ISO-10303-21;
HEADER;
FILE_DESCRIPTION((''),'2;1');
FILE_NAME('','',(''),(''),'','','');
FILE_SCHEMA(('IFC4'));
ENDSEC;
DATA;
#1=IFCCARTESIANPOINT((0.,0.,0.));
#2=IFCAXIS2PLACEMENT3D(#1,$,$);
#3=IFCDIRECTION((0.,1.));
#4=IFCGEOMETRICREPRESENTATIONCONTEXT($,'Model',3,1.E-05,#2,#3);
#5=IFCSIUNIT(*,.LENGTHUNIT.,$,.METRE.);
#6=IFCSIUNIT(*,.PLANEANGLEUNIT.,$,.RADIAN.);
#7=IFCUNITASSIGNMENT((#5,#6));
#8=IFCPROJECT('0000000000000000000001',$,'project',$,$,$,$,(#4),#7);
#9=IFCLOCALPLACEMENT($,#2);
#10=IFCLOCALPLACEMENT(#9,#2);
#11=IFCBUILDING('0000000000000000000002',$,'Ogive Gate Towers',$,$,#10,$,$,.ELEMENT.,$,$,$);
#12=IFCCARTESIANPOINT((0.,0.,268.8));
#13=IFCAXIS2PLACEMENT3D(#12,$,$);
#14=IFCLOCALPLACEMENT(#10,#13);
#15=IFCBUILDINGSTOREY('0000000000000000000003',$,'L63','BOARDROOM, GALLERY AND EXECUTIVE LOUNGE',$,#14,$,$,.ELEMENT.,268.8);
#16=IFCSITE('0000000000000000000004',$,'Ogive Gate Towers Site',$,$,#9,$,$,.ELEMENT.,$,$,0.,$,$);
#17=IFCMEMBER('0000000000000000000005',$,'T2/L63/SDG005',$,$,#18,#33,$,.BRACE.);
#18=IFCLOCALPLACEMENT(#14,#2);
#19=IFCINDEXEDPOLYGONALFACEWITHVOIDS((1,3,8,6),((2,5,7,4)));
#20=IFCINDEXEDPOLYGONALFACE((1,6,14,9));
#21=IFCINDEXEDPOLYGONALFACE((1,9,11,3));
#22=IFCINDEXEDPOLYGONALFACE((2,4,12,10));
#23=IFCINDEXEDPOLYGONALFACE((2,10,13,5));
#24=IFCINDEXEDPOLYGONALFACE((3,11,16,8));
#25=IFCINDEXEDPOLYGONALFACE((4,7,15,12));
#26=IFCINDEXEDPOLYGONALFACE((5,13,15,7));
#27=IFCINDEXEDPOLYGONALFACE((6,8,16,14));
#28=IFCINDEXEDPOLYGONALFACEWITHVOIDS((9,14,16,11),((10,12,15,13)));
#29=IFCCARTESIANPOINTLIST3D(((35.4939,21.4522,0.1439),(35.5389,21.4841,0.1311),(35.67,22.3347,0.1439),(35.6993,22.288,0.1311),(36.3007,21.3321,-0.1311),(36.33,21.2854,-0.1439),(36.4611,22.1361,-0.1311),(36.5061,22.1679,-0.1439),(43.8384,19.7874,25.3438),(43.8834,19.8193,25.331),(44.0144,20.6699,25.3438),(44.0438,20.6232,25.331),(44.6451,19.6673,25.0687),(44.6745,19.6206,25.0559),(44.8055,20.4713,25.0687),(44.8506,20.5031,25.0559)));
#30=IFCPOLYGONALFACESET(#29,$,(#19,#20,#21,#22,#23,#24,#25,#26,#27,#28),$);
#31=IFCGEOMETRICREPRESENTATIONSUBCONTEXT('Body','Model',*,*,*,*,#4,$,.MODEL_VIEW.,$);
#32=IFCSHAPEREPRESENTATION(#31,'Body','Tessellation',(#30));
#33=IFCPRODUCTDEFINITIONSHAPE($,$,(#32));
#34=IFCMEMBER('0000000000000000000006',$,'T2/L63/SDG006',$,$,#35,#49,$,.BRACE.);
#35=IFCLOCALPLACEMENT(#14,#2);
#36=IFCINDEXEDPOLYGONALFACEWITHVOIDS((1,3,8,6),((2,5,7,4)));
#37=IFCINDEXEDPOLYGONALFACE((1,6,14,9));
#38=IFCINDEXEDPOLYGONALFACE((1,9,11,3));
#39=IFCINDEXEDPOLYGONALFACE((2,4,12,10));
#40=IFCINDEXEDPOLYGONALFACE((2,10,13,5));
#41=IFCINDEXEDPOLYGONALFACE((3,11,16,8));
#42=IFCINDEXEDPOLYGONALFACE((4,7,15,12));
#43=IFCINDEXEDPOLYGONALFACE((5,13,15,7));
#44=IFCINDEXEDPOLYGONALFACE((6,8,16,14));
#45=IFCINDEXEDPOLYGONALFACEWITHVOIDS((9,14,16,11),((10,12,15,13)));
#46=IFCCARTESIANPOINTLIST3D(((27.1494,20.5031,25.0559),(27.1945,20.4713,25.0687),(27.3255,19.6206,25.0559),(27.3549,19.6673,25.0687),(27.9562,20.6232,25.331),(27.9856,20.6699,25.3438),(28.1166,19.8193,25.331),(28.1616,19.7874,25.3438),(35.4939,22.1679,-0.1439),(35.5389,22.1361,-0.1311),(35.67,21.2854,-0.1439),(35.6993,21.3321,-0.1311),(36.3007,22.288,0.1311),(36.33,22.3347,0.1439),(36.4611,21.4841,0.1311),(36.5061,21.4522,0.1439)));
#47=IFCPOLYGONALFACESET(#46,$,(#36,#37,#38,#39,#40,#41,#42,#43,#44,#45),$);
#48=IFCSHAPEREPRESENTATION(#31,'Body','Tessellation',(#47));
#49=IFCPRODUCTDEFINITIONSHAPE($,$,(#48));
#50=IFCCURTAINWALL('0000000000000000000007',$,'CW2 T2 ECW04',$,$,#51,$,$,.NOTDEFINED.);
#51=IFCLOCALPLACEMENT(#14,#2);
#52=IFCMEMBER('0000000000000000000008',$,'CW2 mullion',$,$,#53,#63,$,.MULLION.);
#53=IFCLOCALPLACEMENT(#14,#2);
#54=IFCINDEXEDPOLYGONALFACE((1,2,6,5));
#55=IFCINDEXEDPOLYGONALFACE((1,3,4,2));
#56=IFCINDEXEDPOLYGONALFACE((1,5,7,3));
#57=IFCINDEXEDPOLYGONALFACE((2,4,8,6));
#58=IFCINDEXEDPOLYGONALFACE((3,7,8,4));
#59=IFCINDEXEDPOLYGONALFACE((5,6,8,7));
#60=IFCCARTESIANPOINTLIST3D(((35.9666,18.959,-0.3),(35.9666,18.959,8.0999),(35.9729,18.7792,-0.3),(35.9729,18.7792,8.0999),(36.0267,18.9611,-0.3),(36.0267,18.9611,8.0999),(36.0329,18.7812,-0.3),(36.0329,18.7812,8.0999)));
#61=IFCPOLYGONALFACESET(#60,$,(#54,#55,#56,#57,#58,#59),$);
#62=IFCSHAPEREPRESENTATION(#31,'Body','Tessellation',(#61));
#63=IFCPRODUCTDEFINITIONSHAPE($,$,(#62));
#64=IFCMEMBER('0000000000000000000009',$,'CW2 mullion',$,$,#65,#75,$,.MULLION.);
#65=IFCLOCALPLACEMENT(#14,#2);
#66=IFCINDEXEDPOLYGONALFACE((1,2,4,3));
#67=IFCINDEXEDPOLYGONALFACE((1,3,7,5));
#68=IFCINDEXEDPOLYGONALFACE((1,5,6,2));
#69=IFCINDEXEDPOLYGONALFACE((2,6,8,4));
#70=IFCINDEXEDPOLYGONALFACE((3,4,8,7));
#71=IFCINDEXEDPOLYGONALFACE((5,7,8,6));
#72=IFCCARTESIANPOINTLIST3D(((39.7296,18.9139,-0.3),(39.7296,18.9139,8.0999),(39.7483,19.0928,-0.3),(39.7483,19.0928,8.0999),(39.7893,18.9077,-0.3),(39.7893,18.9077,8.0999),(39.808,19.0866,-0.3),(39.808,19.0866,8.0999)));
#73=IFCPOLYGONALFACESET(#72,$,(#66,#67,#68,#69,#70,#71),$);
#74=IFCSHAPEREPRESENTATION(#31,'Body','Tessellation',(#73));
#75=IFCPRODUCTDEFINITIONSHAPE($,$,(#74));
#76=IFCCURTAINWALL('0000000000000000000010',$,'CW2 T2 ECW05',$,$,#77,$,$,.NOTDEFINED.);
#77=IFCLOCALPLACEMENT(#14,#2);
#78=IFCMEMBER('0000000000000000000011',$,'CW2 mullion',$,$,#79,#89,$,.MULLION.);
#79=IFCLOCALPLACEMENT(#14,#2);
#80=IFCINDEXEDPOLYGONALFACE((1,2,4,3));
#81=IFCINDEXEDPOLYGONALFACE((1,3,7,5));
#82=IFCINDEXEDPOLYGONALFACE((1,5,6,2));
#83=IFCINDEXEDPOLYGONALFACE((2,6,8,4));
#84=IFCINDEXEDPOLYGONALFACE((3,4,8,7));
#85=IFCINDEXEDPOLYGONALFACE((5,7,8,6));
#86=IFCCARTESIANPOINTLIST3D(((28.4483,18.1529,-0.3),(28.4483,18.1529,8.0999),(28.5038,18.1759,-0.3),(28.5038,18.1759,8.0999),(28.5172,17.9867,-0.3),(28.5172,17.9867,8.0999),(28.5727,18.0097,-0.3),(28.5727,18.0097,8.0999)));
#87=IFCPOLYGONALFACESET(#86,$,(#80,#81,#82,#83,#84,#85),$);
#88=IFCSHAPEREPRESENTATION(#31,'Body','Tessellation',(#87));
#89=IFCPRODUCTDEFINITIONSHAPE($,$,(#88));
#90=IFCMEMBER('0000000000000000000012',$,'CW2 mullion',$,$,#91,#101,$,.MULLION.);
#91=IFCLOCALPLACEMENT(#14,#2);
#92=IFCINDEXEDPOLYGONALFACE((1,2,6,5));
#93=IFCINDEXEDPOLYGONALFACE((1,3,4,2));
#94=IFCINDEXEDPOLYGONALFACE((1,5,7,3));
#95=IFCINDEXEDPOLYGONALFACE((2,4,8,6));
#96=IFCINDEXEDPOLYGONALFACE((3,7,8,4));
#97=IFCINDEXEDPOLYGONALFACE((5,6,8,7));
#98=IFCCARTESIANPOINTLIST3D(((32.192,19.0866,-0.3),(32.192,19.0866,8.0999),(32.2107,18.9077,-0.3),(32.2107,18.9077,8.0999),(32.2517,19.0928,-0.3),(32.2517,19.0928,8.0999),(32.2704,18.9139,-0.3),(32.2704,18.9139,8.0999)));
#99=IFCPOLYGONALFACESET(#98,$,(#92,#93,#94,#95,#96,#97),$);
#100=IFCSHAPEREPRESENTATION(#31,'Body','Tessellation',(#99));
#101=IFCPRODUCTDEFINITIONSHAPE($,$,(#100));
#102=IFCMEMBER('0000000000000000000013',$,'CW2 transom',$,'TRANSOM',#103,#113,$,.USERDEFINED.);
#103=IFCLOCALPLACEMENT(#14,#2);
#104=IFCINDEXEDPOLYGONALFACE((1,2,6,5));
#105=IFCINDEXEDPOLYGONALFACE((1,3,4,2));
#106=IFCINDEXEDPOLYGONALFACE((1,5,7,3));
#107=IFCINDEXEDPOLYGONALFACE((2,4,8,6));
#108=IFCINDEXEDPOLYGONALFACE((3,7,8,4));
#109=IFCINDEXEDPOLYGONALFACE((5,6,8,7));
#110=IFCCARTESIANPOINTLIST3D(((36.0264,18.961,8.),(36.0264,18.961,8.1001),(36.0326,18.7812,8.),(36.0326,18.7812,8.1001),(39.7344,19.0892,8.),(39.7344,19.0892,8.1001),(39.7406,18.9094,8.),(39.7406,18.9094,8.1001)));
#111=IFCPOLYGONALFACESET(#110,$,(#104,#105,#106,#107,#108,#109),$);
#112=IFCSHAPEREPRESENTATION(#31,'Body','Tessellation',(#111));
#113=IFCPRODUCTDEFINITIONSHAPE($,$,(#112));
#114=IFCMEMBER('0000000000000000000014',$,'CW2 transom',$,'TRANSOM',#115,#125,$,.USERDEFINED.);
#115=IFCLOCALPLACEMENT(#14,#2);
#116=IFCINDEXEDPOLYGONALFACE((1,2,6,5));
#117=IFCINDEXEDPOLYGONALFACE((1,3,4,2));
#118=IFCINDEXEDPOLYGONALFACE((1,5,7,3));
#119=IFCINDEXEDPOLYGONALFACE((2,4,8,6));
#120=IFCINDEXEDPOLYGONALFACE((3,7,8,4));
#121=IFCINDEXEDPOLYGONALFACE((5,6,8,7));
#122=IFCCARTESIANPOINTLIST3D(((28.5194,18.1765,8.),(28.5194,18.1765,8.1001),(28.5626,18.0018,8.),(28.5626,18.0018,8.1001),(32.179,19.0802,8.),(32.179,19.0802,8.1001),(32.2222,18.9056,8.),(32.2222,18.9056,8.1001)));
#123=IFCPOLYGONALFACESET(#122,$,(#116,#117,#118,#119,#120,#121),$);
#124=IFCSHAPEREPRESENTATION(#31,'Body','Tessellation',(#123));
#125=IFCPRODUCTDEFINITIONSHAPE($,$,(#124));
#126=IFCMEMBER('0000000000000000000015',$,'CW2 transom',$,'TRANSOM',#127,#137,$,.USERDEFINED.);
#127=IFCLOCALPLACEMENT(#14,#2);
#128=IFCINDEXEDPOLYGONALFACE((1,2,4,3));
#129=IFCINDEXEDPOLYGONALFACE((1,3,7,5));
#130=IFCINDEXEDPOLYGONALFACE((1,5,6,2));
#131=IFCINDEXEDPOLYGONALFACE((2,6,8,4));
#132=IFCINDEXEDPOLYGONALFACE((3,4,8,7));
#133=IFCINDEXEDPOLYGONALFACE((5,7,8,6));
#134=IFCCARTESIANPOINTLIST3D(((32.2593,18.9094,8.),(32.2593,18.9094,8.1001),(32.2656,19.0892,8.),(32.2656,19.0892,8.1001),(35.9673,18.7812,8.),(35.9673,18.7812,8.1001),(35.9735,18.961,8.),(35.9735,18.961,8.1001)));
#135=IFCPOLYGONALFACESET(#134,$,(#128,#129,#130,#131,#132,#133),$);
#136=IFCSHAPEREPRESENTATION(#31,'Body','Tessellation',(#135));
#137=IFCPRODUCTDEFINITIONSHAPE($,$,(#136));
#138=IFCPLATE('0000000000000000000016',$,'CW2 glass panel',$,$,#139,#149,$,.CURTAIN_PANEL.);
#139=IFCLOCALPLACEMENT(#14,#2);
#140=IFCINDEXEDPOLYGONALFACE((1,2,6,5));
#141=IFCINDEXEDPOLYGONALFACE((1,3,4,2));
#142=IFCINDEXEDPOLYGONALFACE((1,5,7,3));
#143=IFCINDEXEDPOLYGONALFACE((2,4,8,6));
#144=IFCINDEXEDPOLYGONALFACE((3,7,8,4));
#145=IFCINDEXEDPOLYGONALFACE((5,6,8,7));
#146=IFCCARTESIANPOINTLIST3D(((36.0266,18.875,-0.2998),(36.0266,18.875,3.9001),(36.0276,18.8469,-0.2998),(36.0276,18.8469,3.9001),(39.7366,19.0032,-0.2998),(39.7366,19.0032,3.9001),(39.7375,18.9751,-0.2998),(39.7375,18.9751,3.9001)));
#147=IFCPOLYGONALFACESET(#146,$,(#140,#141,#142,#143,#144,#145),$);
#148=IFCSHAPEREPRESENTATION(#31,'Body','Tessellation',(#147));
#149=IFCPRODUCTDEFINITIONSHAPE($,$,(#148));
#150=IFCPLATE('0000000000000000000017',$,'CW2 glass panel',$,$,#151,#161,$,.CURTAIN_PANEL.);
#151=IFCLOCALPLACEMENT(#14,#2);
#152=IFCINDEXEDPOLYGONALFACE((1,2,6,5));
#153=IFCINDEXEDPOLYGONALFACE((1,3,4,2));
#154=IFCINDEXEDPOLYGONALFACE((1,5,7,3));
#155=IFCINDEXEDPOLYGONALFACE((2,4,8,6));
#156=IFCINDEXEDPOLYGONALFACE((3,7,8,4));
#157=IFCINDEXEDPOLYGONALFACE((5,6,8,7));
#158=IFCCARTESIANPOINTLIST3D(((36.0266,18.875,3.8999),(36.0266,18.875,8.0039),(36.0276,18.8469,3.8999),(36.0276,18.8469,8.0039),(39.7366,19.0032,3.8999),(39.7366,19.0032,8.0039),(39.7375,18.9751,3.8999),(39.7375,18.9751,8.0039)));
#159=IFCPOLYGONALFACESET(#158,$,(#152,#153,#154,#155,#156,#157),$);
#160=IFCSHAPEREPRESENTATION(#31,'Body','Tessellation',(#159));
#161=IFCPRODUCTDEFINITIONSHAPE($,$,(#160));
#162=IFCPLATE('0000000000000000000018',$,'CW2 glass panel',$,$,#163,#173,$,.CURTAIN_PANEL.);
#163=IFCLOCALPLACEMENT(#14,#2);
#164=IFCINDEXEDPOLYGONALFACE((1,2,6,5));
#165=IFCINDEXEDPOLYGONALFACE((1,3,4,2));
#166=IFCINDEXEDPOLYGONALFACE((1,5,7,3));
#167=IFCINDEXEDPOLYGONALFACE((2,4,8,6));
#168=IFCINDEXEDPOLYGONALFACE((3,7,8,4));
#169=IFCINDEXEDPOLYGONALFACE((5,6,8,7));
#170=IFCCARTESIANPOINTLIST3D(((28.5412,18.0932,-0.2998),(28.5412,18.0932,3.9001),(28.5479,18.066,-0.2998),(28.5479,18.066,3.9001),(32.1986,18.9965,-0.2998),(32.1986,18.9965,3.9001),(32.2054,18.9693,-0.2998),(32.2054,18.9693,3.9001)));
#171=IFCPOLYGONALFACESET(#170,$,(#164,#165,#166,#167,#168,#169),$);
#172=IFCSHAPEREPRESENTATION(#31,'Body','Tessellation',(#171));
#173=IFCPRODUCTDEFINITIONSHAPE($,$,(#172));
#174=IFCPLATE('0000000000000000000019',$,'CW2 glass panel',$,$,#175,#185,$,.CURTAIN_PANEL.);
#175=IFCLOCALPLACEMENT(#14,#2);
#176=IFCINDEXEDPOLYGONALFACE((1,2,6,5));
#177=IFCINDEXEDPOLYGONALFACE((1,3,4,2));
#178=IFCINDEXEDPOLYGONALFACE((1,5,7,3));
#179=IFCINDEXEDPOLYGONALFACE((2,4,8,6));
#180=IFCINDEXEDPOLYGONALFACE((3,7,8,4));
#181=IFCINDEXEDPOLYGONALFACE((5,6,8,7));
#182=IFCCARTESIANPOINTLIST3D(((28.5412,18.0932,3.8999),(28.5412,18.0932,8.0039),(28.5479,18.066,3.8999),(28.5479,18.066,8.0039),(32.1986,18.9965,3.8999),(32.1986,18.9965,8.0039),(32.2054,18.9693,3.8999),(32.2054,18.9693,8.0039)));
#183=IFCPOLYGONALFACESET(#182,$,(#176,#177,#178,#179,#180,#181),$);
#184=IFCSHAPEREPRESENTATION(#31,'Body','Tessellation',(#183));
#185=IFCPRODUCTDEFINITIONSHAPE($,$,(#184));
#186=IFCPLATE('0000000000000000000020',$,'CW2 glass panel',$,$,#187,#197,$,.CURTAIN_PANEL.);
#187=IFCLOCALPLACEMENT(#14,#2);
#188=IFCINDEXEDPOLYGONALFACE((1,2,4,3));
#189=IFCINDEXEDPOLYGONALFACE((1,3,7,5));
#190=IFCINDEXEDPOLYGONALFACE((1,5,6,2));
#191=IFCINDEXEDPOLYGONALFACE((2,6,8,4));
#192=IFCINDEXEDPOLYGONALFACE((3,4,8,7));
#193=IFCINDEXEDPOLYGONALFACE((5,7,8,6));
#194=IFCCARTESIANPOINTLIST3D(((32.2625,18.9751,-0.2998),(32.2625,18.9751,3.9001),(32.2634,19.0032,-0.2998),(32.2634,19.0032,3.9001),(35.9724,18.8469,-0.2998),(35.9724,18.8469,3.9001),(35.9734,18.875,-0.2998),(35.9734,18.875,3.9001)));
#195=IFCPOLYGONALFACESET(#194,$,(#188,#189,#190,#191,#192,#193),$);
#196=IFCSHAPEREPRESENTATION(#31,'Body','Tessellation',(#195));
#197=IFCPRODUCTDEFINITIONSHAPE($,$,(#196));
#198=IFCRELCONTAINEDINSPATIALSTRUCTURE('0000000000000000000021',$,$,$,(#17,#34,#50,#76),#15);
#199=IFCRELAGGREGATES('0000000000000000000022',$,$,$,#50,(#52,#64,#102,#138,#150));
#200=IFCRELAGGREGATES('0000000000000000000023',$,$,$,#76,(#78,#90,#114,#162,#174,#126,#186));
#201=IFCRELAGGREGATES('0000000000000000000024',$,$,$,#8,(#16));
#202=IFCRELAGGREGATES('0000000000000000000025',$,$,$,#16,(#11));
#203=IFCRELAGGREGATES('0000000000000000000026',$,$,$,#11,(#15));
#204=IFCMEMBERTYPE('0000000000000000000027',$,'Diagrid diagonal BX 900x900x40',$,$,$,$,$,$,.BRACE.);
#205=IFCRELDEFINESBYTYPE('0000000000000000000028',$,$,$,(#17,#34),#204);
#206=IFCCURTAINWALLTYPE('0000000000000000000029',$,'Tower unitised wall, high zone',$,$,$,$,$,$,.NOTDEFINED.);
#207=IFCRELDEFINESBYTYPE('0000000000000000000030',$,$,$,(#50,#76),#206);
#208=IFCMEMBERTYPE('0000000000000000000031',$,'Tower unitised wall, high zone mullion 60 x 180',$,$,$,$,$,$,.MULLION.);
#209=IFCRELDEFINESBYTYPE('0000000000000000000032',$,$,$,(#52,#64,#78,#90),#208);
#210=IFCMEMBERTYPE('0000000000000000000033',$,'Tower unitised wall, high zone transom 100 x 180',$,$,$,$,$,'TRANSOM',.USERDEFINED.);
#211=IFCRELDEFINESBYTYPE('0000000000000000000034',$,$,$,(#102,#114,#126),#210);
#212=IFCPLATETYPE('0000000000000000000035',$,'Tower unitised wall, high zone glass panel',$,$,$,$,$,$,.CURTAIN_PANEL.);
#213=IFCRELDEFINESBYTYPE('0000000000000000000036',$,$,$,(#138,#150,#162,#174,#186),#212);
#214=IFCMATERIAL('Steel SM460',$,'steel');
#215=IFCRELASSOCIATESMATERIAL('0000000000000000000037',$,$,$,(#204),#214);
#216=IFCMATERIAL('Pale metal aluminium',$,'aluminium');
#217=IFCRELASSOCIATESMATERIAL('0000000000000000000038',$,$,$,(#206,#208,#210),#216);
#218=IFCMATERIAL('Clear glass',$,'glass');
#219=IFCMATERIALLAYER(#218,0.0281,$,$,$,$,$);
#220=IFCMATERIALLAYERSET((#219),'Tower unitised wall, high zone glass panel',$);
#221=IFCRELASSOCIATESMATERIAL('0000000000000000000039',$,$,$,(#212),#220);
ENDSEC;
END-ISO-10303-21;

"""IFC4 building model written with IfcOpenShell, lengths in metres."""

from ifc_helpers import new_model, si_unit, direction, frame, origin, origin_2d, place, context, subcontext, project, spatial, rectangle, hollow_rectangle, extrude, material, layer, layer_set, material_profile, profile_set, type_object, element, aggregate, save


model = new_model("IFC4")

# Units and contexts
model_context = context("Model", 3, precision=1e-05, world=origin(), true_north=direction((0.0, 1.0)))
body_context = subcontext(model_context, "Body", "Model", "MODEL_VIEW")
ifc_project = project(units=[si_unit("LENGTHUNIT", "METRE"), si_unit("PLANEANGLEUNIT", "RADIAN")], contexts=[model_context])

# Site, building, storey
site_placement = place(None, origin())
site = spatial("IfcSite", under=ifc_project, at=site_placement, Name="Ogive Gate Towers Site", CompositionType="ELEMENT", RefElevation=0.0)
building_placement = place(site_placement, origin())
building = spatial("IfcBuilding", under=site, at=building_placement, Name="Ogive Gate Towers", CompositionType="ELEMENT")
storey_placement = place(building_placement, frame((0.0, 0.0, 268.8)))
storey = spatial("IfcBuildingStorey", under=building, at=storey_placement, Name="L63", Description="BOARDROOM, GALLERY AND EXECUTIVE LOUNGE", CompositionType="ELEMENT", Elevation=268.8)

# Members
ifc_material_1 = material(Name="Steel SM460", Category="steel")
ifc_material_profile_1 = material_profile(ifc_material_1, hollow_rectangle(XDim=0.8999, YDim=0.8999, WallThickness=0.04, at=origin_2d()), Name="BX 900x900x40")
ifc_profile_set_1 = profile_set([ifc_material_profile_1], Name="Steel SM460")
member_type_1 = type_object("IfcMemberType", Name="Diagrid diagonal BX 900x900x40", PredefinedType="BRACE", material=ifc_profile_set_1)
for number, where, z_axis, x_axis, name in (
    (1, (36.0, 21.8101, 0.0), (0.313729, -0.062592, 0.947447), (0.195653, 0.980673, 0.0), "T2/L63/SDG005"),
    (2, (36.0, 21.8101, 0.0), (-0.313729, -0.062592, 0.947447), (0.195653, -0.980673, 0.0), "T2/L63/SDG006"),
):
    element("IfcMember", number, at=place(storey_placement, frame(where, z_axis=z_axis, x_axis=x_axis)), inside=storey, type_object=member_type_1, Name=name, PredefinedType="BRACE", context=body_context, shape_type="SweptSolid", body=[
        extrude(hollow_rectangle(XDim=0.8999, YDim=0.8999, WallThickness=0.04, at=origin_2d()), origin(), (0.0, 0.0, 1.0), 26.5977),
    ])

# Curtain walls, members
ifc_material_2 = material(Name="Pale metal aluminium", Category="aluminium")
curtain_wall_type = type_object("IfcCurtainWallType", Name="Tower unitised wall, high zone", PredefinedType="NOTDEFINED", material=ifc_material_2)
curtain_wall_1_placement = place(storey_placement, origin())
curtain_wall_1 = element("IfcCurtainWall", 3, at=curtain_wall_1_placement, inside=storey, type_object=curtain_wall_type, Name="CW2 T2 ECW04", PredefinedType="NOTDEFINED")
ifc_material_profile_2 = material_profile(ifc_material_2, rectangle(XDim=0.1799, YDim=0.0601, at=origin_2d()), Name="60 x 180 aluminium box")
ifc_profile_set_2 = profile_set([ifc_material_profile_2], Name="Pale metal aluminium")
member_type_2 = type_object("IfcMemberType", Name="Tower unitised wall, high zone mullion 60 x 180", PredefinedType="MULLION", material=ifc_profile_set_2)
member_1_placement = place(storey_placement, frame((35.9998, 18.8701, -0.3), z_axis=(0.0, 0.0, 1.0), x_axis=(0.034533, -0.999404, 0.0)))
member_1 = element("IfcMember", 4, at=member_1_placement, type_object=member_type_2, Name="CW2 mullion", PredefinedType="MULLION", context=body_context, shape_type="SweptSolid", body=[
    extrude(rectangle(XDim=0.1799, YDim=0.0601, at=origin_2d()), origin(), (0.0, 0.0, 1.0), 8.3999),
])
member_2_placement = place(storey_placement, frame((39.7688, 19.0002, -0.3), z_axis=(0.0, 0.0, 1.0), x_axis=(-0.103608, -0.994618, 0.0)))
member_2 = element("IfcMember", 5, at=member_2_placement, type_object=member_type_2, Name="CW2 mullion", PredefinedType="MULLION", context=body_context, shape_type="SweptSolid", body=[
    extrude(rectangle(XDim=0.1799, YDim=0.0601, at=origin_2d()), origin(), (0.0, 0.0, 1.0), 8.3999),
])
curtain_wall_2_placement = place(storey_placement, origin())
curtain_wall_2 = element("IfcCurtainWall", 6, at=curtain_wall_2_placement, inside=storey, type_object=curtain_wall_type, Name="CW2 T2 ECW05", PredefinedType="NOTDEFINED")
member_3_placement = place(storey_placement, frame((28.5105, 18.0813, -0.3), z_axis=(0.0, 0.0, 1.0), x_axis=(0.382683, -0.92388, 0.0)))
member_3 = element("IfcMember", 7, at=member_3_placement, type_object=member_type_2, Name="CW2 mullion", PredefinedType="MULLION", context=body_context, shape_type="SweptSolid", body=[
    extrude(rectangle(XDim=0.1799, YDim=0.0601, at=origin_2d()), origin(), (0.0, 0.0, 1.0), 8.3999),
])
member_4_placement = place(storey_placement, frame((32.2312, 19.0002, -0.3), z_axis=(0.0, 0.0, 1.0), x_axis=(0.103608, -0.994618, 0.0)))
member_4 = element("IfcMember", 8, at=member_4_placement, type_object=member_type_2, Name="CW2 mullion", PredefinedType="MULLION", context=body_context, shape_type="SweptSolid", body=[
    extrude(rectangle(XDim=0.1799, YDim=0.0601, at=origin_2d()), origin(), (0.0, 0.0, 1.0), 8.3999),
])

# Members
ifc_material_profile_3 = material_profile(ifc_material_2, rectangle(XDim=0.1799, YDim=0.1001, at=origin_2d()), Name="100 x 180 aluminium box")
ifc_profile_set_3 = profile_set([ifc_material_profile_3], Name="Pale metal aluminium")
member_type_3 = type_object("IfcMemberType", Name="Tower unitised wall, high zone transom 100 x 180", ElementType="TRANSOM", PredefinedType="USERDEFINED", material=ifc_profile_set_3)
member_5_placement = place(storey_placement, frame((36.0295, 18.8711, 8.05), z_axis=(0.999403, 0.034546, 0.0), x_axis=(-0.034546, 0.999403, 0.0)))
member_5 = element("IfcMember", 9, at=member_5_placement, type_object=member_type_3, Name="CW2 transom", ObjectType="TRANSOM", PredefinedType="USERDEFINED", context=body_context, shape_type="SweptSolid", body=[
    extrude(rectangle(XDim=0.1799, YDim=0.1001, at=origin_2d()), origin(), (0.0, 0.0, 1.0), 3.7102),
])
member_6_placement = place(storey_placement, frame((28.541, 18.0891, 8.05), z_axis=(0.970832, 0.239761, 0.0), x_axis=(-0.239761, 0.970832, 0.0)))
member_6 = element("IfcMember", 10, at=member_6_placement, type_object=member_type_3, Name="CW2 transom", ObjectType="TRANSOM", PredefinedType="USERDEFINED", context=body_context, shape_type="SweptSolid", body=[
    extrude(rectangle(XDim=0.1799, YDim=0.1001, at=origin_2d()), origin(), (0.0, 0.0, 1.0), 3.7695),
])
member_7_placement = place(storey_placement, frame((32.2625, 18.9993, 8.05), z_axis=(0.999403, -0.034546, 0.0), x_axis=(0.034546, 0.999403, 0.0)))
member_7 = element("IfcMember", 11, at=member_7_placement, type_object=member_type_3, Name="CW2 transom", ObjectType="TRANSOM", PredefinedType="USERDEFINED", context=body_context, shape_type="SweptSolid", body=[
    extrude(rectangle(XDim=0.1799, YDim=0.1001, at=origin_2d()), origin(), (0.0, 0.0, 1.0), 3.7102),
])

# Plates
ifc_material_3 = material(Name="Clear glass", Category="glass")
ifc_layer_1 = layer(ifc_material_3, 0.0281)
ifc_layer_set_1 = layer_set([ifc_layer_1], Name="Tower unitised wall, high zone glass panel")
plate_type = type_object("IfcPlateType", Name="Tower unitised wall, high zone glass panel", PredefinedType="CURTAIN_PANEL", material=ifc_layer_set_1)
plate_1_placement = place(storey_placement, frame((37.8821, 18.925, -0.2998), z_axis=(0.0, 0.0, 1.0), x_axis=(0.999404, 0.034533, 0.0)))
plate_1 = element("IfcPlate", 12, at=plate_1_placement, type_object=plate_type, Name="CW2 glass panel", PredefinedType="CURTAIN_PANEL", context=body_context, shape_type="SweptSolid", body=[
    extrude(rectangle(XDim=3.7122, YDim=0.0281, at=origin_2d()), origin(), (0.0, 0.0, 1.0), 4.2),
])
plate_2_placement = place(storey_placement, frame((37.8821, 18.925, 3.8999), z_axis=(0.0, 0.0, 1.0), x_axis=(0.999404, 0.034533, 0.0)))
plate_2 = element("IfcPlate", 13, at=plate_2_placement, type_object=plate_type, Name="CW2 glass panel", PredefinedType="CURTAIN_PANEL", context=body_context, shape_type="SweptSolid", body=[
    extrude(rectangle(XDim=3.7122, YDim=0.0281, at=origin_2d()), origin(), (0.0, 0.0, 1.0), 4.104),
])
aggregate(curtain_wall_1, [member_1, member_2, member_5, plate_1, plate_2])
plate_3_placement = place(storey_placement, frame((30.3733, 18.5312, -0.2998), z_axis=(0.0, 0.0, 1.0), x_axis=(0.97083, 0.239771, 0.0)))
plate_3 = element("IfcPlate", 14, at=plate_3_placement, type_object=plate_type, Name="CW2 glass panel", PredefinedType="CURTAIN_PANEL", context=body_context, shape_type="SweptSolid", body=[
    extrude(rectangle(XDim=3.7673, YDim=0.0281, at=origin_2d()), origin(), (0.0, 0.0, 1.0), 4.2),
])
plate_4_placement = place(storey_placement, frame((30.3733, 18.5312, 3.8999), z_axis=(0.0, 0.0, 1.0), x_axis=(0.97083, 0.239771, 0.0)))
plate_4 = element("IfcPlate", 15, at=plate_4_placement, type_object=plate_type, Name="CW2 glass panel", PredefinedType="CURTAIN_PANEL", context=body_context, shape_type="SweptSolid", body=[
    extrude(rectangle(XDim=3.7673, YDim=0.0281, at=origin_2d()), origin(), (0.0, 0.0, 1.0), 4.104),
])
plate_5_placement = place(storey_placement, frame((34.1179, 18.925, -0.2998), z_axis=(0.0, 0.0, 1.0), x_axis=(0.999404, -0.034533, 0.0)))
plate_5 = element("IfcPlate", 16, at=plate_5_placement, type_object=plate_type, Name="CW2 glass panel", PredefinedType="CURTAIN_PANEL", context=body_context, shape_type="SweptSolid", body=[
    extrude(rectangle(XDim=3.7122, YDim=0.0281, at=origin_2d()), origin(), (0.0, 0.0, 1.0), 4.2),
])
aggregate(curtain_wall_2, [member_3, member_4, member_6, plate_3, plate_4, member_7, plate_5])

save(model, "model.ifc")
